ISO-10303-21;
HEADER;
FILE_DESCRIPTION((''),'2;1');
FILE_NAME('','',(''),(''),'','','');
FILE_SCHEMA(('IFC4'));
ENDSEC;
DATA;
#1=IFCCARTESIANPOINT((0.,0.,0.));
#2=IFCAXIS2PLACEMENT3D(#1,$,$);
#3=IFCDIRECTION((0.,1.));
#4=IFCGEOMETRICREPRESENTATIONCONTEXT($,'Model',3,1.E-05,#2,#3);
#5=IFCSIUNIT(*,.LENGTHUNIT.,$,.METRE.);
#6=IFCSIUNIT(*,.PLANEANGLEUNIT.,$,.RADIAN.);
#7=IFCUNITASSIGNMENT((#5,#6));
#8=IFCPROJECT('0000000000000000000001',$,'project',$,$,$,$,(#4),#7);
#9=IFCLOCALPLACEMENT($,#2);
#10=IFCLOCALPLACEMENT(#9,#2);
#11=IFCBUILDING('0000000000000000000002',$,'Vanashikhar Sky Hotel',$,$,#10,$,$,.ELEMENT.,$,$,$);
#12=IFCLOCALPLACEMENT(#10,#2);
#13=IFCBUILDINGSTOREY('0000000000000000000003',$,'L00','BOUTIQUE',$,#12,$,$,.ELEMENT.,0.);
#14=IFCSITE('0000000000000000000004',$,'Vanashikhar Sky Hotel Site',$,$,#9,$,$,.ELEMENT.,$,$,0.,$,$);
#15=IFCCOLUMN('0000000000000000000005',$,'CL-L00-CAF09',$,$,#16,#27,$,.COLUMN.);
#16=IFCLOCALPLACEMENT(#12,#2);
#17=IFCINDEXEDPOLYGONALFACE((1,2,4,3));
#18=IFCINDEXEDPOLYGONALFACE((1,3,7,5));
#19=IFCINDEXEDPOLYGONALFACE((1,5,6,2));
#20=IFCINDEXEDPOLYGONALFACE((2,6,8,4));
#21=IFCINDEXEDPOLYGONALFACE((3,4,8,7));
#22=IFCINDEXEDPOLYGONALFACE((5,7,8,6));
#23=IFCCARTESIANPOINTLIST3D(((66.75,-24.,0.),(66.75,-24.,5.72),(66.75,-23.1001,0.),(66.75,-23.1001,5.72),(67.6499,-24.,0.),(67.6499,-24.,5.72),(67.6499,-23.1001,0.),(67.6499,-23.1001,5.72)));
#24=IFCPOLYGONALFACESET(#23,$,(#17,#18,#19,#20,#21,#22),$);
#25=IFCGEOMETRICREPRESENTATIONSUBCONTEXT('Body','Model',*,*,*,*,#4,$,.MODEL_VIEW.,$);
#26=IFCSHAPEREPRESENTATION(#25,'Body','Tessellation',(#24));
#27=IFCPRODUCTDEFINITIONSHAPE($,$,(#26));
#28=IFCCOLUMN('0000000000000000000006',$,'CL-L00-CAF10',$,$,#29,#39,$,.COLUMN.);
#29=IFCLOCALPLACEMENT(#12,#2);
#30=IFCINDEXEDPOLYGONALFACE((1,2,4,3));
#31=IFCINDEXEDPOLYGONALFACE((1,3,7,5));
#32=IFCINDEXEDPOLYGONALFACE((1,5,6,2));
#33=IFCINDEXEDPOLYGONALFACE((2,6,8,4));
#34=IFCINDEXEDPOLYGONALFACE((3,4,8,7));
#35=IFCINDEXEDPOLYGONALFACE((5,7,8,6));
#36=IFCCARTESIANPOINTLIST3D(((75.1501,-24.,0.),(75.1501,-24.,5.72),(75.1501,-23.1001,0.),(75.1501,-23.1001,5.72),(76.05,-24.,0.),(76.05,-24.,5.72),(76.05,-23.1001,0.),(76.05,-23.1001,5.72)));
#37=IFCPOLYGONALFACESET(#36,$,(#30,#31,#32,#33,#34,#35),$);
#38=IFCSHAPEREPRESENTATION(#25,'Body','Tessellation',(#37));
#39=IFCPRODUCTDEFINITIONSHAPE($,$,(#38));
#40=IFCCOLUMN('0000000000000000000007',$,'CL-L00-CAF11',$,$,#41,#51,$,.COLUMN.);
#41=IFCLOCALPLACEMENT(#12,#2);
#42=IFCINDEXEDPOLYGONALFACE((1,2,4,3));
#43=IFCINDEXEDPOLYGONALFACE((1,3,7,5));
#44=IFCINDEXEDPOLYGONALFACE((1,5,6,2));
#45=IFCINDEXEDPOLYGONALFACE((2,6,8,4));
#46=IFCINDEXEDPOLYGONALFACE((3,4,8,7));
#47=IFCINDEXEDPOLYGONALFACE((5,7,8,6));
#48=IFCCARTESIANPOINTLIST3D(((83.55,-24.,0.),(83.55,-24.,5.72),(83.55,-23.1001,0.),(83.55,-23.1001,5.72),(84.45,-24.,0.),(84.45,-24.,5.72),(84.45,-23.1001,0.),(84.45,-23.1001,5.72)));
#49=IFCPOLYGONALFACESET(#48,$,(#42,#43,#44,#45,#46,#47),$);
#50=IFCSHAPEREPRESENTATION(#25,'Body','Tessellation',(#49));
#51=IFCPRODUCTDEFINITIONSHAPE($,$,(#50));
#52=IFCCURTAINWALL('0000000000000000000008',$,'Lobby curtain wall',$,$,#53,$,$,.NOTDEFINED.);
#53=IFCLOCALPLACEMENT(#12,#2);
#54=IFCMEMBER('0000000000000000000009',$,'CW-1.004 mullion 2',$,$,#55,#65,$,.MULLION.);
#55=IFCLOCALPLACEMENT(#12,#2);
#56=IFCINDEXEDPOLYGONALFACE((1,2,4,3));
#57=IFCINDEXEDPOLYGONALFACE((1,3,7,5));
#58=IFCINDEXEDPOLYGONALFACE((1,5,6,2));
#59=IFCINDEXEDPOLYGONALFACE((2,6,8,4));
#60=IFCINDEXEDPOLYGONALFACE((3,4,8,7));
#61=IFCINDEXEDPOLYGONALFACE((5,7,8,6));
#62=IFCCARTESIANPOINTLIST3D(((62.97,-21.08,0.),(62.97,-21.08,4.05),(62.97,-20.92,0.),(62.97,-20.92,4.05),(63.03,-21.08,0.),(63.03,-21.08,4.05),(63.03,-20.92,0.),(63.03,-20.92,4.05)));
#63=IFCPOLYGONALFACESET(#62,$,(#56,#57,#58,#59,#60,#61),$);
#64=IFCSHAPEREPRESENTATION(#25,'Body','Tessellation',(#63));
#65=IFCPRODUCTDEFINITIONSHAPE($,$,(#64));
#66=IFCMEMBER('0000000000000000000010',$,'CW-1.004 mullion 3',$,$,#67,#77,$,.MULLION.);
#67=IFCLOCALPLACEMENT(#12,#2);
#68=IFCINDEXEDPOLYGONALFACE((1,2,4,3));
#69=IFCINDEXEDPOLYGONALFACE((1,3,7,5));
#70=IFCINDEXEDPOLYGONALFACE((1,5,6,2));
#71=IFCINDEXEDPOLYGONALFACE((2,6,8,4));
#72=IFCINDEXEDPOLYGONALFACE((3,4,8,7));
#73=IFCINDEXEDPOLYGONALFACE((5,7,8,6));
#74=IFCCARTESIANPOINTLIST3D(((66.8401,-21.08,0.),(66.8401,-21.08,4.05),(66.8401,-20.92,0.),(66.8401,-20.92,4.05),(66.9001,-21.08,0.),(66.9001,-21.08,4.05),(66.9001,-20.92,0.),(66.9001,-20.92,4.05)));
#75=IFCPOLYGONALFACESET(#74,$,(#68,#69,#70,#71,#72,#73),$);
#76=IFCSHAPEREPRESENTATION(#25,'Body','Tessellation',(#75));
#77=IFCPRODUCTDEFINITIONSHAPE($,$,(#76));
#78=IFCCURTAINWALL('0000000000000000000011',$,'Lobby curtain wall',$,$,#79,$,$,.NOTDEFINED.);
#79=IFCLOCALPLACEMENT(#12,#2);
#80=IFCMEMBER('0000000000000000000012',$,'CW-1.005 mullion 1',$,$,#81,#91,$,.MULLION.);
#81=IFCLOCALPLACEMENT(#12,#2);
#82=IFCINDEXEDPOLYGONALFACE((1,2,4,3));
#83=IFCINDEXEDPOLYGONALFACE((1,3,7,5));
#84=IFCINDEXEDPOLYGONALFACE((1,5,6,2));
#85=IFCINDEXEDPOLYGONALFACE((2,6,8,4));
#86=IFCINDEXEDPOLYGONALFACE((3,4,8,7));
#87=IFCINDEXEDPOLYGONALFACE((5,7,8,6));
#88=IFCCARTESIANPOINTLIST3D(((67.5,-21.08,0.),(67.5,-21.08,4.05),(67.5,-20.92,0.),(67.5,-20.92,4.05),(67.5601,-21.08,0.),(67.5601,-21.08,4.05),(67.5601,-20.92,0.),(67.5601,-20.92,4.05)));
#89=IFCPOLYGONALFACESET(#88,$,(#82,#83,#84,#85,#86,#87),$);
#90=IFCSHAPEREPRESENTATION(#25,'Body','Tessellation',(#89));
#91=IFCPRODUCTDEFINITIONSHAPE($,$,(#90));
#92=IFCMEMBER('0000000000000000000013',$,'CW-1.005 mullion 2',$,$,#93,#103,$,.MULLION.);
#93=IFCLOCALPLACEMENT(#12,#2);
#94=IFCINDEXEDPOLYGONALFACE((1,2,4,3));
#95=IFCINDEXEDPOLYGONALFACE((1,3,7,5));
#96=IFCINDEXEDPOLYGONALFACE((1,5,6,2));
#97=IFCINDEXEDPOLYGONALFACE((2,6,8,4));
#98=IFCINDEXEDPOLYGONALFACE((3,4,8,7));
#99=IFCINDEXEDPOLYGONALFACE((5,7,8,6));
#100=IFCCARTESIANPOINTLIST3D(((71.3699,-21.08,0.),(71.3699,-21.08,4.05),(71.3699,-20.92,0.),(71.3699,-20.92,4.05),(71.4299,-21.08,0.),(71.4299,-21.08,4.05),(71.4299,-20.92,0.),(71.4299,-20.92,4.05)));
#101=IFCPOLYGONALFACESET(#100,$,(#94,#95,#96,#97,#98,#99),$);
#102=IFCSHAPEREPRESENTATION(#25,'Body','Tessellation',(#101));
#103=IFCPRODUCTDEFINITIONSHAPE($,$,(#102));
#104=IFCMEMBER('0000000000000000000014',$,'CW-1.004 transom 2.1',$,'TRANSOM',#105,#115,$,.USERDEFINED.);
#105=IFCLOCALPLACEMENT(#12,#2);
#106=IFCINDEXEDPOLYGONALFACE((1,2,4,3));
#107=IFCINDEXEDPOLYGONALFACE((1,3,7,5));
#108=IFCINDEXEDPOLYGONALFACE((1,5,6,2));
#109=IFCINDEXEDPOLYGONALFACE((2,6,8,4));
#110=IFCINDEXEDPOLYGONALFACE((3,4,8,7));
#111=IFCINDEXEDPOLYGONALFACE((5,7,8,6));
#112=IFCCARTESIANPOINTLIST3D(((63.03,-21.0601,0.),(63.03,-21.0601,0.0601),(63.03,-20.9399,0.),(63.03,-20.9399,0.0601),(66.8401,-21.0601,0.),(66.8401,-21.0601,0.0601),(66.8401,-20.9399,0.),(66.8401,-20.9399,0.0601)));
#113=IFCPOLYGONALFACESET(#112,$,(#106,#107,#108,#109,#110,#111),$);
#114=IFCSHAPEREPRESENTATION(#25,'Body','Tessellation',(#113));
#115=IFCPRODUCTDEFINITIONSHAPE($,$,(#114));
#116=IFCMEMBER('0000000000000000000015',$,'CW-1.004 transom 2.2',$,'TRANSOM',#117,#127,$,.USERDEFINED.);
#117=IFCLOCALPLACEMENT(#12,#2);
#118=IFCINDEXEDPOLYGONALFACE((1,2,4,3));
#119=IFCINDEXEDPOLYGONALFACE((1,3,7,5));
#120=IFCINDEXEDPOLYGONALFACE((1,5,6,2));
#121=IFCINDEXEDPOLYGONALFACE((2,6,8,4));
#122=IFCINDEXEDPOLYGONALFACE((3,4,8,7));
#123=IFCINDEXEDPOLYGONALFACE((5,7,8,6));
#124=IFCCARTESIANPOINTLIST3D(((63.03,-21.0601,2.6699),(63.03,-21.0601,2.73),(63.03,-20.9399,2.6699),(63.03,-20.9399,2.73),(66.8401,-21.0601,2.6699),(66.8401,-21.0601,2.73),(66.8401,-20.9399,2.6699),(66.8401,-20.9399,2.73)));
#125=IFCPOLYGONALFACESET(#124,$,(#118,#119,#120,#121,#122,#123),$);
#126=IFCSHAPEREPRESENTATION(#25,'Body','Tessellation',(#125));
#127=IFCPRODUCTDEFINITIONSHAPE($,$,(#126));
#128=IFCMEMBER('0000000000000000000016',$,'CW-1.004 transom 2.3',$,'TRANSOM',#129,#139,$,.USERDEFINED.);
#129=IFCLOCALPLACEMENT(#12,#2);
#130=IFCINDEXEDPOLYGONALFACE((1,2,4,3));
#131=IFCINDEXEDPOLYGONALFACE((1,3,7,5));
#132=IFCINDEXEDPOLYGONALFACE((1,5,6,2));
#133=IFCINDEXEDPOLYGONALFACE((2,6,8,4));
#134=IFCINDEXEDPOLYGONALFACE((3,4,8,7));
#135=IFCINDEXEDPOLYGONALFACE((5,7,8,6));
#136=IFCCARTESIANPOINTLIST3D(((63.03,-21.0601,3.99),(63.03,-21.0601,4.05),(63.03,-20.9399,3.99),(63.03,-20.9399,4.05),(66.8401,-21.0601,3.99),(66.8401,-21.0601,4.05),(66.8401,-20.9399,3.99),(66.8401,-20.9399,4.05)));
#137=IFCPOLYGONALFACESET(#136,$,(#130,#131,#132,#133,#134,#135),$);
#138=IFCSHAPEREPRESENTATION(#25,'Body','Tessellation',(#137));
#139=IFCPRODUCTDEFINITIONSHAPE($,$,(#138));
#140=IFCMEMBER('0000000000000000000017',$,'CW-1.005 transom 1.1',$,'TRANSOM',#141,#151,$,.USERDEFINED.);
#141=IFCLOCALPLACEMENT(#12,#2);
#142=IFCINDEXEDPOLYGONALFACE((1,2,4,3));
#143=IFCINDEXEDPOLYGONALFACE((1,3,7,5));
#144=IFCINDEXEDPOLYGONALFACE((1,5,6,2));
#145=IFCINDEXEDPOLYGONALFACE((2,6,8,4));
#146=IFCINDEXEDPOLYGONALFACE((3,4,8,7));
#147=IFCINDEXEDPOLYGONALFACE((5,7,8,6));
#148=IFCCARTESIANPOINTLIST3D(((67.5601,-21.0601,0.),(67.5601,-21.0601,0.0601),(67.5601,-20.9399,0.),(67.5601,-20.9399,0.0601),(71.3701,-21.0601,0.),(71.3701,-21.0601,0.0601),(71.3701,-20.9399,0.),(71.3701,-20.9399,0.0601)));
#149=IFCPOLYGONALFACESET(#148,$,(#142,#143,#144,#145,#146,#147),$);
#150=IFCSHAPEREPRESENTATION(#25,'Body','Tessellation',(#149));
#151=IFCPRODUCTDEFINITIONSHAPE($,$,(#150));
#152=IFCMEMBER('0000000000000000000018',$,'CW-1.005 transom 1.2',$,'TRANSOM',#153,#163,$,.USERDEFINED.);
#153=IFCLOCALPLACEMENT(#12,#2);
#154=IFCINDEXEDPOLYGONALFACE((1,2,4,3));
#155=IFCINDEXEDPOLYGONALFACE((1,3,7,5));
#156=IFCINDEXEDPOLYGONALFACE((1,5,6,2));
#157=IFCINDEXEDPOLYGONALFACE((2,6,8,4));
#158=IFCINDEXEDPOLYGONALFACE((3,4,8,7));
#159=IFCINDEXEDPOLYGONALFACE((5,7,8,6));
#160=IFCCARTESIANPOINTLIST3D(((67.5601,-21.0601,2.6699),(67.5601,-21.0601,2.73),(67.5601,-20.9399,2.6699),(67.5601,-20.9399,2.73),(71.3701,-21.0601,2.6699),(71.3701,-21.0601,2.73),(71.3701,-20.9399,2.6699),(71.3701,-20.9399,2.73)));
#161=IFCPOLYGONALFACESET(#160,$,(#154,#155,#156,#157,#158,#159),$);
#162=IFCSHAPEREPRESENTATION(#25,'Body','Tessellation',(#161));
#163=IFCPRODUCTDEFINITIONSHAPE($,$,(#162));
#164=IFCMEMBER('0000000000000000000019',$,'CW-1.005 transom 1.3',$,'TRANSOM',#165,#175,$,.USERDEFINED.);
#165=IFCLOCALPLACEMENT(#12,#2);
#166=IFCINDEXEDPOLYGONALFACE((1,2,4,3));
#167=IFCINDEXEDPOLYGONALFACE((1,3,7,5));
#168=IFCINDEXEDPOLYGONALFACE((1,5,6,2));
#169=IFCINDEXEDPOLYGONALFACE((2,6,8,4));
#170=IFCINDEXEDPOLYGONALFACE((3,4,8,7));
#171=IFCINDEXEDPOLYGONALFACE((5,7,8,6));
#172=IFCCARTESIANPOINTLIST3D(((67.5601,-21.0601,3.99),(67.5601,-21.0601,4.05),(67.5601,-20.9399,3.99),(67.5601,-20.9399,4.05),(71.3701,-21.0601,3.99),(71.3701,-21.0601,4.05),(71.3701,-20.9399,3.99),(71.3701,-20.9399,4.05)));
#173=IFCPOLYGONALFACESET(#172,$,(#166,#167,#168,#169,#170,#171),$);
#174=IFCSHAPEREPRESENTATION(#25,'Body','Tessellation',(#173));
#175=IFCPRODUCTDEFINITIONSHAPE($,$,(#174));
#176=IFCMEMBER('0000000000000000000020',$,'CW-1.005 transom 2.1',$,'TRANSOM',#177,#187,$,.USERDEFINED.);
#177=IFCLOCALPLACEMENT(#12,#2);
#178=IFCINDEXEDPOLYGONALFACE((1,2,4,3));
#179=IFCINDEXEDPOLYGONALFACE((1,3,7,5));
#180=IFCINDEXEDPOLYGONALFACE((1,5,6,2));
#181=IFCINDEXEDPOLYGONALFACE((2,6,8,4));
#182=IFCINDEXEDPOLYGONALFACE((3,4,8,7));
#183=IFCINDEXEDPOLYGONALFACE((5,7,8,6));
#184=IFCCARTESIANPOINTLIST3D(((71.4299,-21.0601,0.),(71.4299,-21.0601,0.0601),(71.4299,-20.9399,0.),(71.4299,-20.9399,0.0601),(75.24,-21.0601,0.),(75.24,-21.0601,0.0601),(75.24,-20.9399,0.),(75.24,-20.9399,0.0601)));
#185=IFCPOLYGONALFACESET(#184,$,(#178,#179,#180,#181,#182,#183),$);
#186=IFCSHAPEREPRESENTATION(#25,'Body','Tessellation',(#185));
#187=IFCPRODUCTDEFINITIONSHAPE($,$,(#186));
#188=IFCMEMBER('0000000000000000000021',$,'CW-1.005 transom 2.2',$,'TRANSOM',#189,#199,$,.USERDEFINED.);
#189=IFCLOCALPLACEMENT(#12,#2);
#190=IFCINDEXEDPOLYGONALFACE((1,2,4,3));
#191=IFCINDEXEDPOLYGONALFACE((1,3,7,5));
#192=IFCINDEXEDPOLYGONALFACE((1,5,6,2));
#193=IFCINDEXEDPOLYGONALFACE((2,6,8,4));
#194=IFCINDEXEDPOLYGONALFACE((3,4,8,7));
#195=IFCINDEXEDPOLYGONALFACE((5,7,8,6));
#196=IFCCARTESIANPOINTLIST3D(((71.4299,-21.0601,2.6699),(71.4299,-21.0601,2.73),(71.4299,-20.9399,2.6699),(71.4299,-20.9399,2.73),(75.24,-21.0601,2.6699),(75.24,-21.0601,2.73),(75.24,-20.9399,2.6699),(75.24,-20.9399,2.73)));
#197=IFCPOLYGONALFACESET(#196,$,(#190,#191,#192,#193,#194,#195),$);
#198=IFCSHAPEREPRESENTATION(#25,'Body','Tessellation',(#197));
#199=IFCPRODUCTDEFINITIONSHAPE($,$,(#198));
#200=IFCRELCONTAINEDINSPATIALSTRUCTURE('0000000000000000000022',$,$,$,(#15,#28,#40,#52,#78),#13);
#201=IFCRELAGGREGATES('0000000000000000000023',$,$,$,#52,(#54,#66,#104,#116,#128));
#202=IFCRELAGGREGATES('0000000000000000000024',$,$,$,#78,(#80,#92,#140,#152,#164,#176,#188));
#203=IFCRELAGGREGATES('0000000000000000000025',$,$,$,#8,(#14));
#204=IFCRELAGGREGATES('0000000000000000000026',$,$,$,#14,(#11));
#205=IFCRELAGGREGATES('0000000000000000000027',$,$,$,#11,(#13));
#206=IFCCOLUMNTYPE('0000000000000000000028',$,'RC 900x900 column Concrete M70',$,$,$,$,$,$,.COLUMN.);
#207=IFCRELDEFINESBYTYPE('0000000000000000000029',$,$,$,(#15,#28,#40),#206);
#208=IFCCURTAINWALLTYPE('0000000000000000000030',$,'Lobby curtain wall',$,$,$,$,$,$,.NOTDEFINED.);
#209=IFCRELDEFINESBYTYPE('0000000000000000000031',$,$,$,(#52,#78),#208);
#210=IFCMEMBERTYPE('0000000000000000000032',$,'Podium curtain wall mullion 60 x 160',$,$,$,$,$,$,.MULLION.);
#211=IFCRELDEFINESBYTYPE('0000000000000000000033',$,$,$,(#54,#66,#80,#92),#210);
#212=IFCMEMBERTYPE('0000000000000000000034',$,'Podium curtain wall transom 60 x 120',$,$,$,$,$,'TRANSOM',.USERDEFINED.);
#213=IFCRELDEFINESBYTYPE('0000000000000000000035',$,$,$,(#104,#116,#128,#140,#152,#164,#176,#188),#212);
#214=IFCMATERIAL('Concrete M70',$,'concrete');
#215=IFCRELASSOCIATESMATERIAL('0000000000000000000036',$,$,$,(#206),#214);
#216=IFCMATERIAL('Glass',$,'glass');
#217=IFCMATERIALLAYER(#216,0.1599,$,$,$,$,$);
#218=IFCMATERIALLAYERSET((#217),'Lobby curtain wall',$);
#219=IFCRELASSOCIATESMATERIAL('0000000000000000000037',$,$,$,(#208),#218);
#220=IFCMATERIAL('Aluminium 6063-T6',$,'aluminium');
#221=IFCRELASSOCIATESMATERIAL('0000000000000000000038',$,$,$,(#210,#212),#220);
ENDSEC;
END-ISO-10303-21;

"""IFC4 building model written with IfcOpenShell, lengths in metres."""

from ifc_helpers import new_model, si_unit, direction, frame, origin, origin_2d, place, context, subcontext, project, spatial, rectangle, extrude, source, transform, mapped, material, layer, layer_set, material_profile, profile_set, type_object, element, aggregate, save


model = new_model("IFC4")

# Units and contexts
model_context = context("Model", 3, precision=1e-05, world=origin(), true_north=direction((0.0, 1.0)))
body_context = subcontext(model_context, "Body", "Model", "MODEL_VIEW")
ifc_project = project(units=[si_unit("LENGTHUNIT", "METRE"), si_unit("PLANEANGLEUNIT", "RADIAN")], contexts=[model_context])

# Site, building, storey
site_placement = place(None, origin())
site = spatial("IfcSite", under=ifc_project, at=site_placement, Name="Vanashikhar Sky Hotel Site", CompositionType="ELEMENT", RefElevation=0.0)
building_placement = place(site_placement, origin())
building = spatial("IfcBuilding", under=site, at=building_placement, Name="Vanashikhar Sky Hotel", CompositionType="ELEMENT")
storey_placement = place(building_placement, origin())
storey = spatial("IfcBuildingStorey", under=building, at=storey_placement, Name="L00", Description="BOUTIQUE", CompositionType="ELEMENT", Elevation=0.0)

# Columns
ifc_material_1 = material(Name="Concrete M70", Category="concrete")
ifc_material_profile_1 = material_profile(ifc_material_1, rectangle(XDim=0.8999, YDim=0.8999, at=origin_2d()))
ifc_profile_set_1 = profile_set([ifc_material_profile_1], Name="RC 900x900 column Concrete M70")
column_type = type_object("IfcColumnType", Name="RC 900x900 column Concrete M70", PredefinedType="COLUMN", material=ifc_profile_set_1)
shared_shape_1 = source(origin(), body_context, "Body", "SweptSolid", [
    extrude(rectangle(XDim=0.8999, YDim=0.8999, at=origin_2d()), origin(), (0.0, 0.0, 1.0), 5.72),
])
for number, where, z_axis, x_axis, name in (
    (1, (67.2, -23.55, 0.0), (0.0, 0.0, 1.0), (1.0, 0.0, 0.0), "CL-L00-CAF09"),
    (2, (75.6001, -23.55, 0.0), (0.0, 0.0, 1.0), (1.0, 0.0, 0.0), "CL-L00-CAF10"),
    (3, (84.0, -23.55, 0.0), (0.0, 0.0, 1.0), (1.0, 0.0, 0.0), "CL-L00-CAF11"),
):
    element("IfcColumn", number, at=place(storey_placement, frame(where, z_axis=z_axis, x_axis=x_axis)), inside=storey, type_object=column_type, Name=name, PredefinedType="COLUMN", context=body_context, shape_type="MappedRepresentation", body=[
        mapped(shared_shape_1, transform((0.0, 0.0, 0.0), scale=1.0)),
    ])

# Curtain walls, members
ifc_material_2 = material(Name="Glass", Category="glass")
ifc_layer_1 = layer(ifc_material_2, 0.1599)
ifc_layer_set_1 = layer_set([ifc_layer_1], Name="Lobby curtain wall")
curtain_wall_type = type_object("IfcCurtainWallType", Name="Lobby curtain wall", PredefinedType="NOTDEFINED", material=ifc_layer_set_1)
curtain_wall_1_placement = place(storey_placement, origin())
curtain_wall_1 = element("IfcCurtainWall", 4, at=curtain_wall_1_placement, inside=storey, type_object=curtain_wall_type, Name="Lobby curtain wall", PredefinedType="NOTDEFINED")
ifc_material_3 = material(Name="Aluminium 6063-T6", Category="aluminium")
ifc_material_profile_2 = material_profile(ifc_material_3, rectangle(XDim=0.1599, YDim=0.0601, at=origin_2d()))
ifc_profile_set_2 = profile_set([ifc_material_profile_2], Name="Aluminium 6063-T6")
member_type_1 = type_object("IfcMemberType", Name="Podium curtain wall mullion 60 x 160", PredefinedType="MULLION", material=ifc_profile_set_2)
shared_shape_2 = source(origin(), body_context, "Body", "SweptSolid", [
    extrude(rectangle(XDim=0.1599, YDim=0.0601, at=origin_2d()), origin(), (0.0, 0.0, 1.0), 4.05),
])
member_1_placement = place(storey_placement, frame((63.0, -21.0, 0.0), z_axis=(0.0, 0.0, 1.0), x_axis=(0.0, 1.0, 0.0)))
member_1 = element("IfcMember", 5, at=member_1_placement, type_object=member_type_1, Name="CW-1.004 mullion 2", PredefinedType="MULLION", context=body_context, shape_type="MappedRepresentation", body=[
    mapped(shared_shape_2, transform((0.0, 0.0, 0.0), scale=1.0)),
])
member_2_placement = place(storey_placement, frame((66.8701, -21.0, 0.0), z_axis=(0.0, 0.0, 1.0), x_axis=(0.0, 1.0, 0.0)))
member_2 = element("IfcMember", 6, at=member_2_placement, type_object=member_type_1, Name="CW-1.004 mullion 3", PredefinedType="MULLION", context=body_context, shape_type="MappedRepresentation", body=[
    mapped(shared_shape_2, transform((0.0, 0.0, 0.0), scale=1.0)),
])
curtain_wall_2_placement = place(storey_placement, origin())
curtain_wall_2 = element("IfcCurtainWall", 7, at=curtain_wall_2_placement, inside=storey, type_object=curtain_wall_type, Name="Lobby curtain wall", PredefinedType="NOTDEFINED")
member_3_placement = place(storey_placement, frame((67.53, -21.0, 0.0), z_axis=(0.0, 0.0, 1.0), x_axis=(0.0, 1.0, 0.0)))
member_3 = element("IfcMember", 8, at=member_3_placement, type_object=member_type_1, Name="CW-1.005 mullion 1", PredefinedType="MULLION", context=body_context, shape_type="MappedRepresentation", body=[
    mapped(shared_shape_2, transform((0.0, 0.0, 0.0), scale=1.0)),
])
member_4_placement = place(storey_placement, frame((71.3999, -21.0, 0.0), z_axis=(0.0, 0.0, 1.0), x_axis=(0.0, 1.0, 0.0)))
member_4 = element("IfcMember", 9, at=member_4_placement, type_object=member_type_1, Name="CW-1.005 mullion 2", PredefinedType="MULLION", context=body_context, shape_type="MappedRepresentation", body=[
    mapped(shared_shape_2, transform((0.0, 0.0, 0.0), scale=1.0)),
])

# Members
ifc_material_profile_3 = material_profile(ifc_material_3, rectangle(XDim=0.1201, YDim=0.0601, at=origin_2d()))
ifc_profile_set_3 = profile_set([ifc_material_profile_3], Name="Aluminium 6063-T6")
member_type_2 = type_object("IfcMemberType", Name="Podium curtain wall transom 60 x 120", ElementType="TRANSOM", PredefinedType="USERDEFINED", material=ifc_profile_set_3)
shared_shape_3 = source(origin(), body_context, "Body", "SweptSolid", [
    extrude(rectangle(XDim=0.1201, YDim=0.0601, at=origin_2d()), origin(), (0.0, 0.0, 1.0), 3.8101),
])
member_5_placement = place(storey_placement, frame((63.03, -21.0, 0.03), z_axis=(1.0, 0.0, 0.0), x_axis=(0.0, 1.0, 0.0)))
member_5 = element("IfcMember", 10, at=member_5_placement, type_object=member_type_2, Name="CW-1.004 transom 2.1", ObjectType="TRANSOM", PredefinedType="USERDEFINED", context=body_context, shape_type="MappedRepresentation", body=[
    mapped(shared_shape_3, transform((0.0, 0.0, 0.0), scale=1.0)),
])
member_6_placement = place(storey_placement, frame((63.03, -21.0, 2.7), z_axis=(1.0, 0.0, 0.0), x_axis=(0.0, 1.0, 0.0)))
member_6 = element("IfcMember", 11, at=member_6_placement, type_object=member_type_2, Name="CW-1.004 transom 2.2", ObjectType="TRANSOM", PredefinedType="USERDEFINED", context=body_context, shape_type="MappedRepresentation", body=[
    mapped(shared_shape_3, transform((0.0, 0.0, 0.0), scale=1.0)),
])
member_7_placement = place(storey_placement, frame((63.03, -21.0, 4.02), z_axis=(1.0, 0.0, 0.0), x_axis=(0.0, 1.0, 0.0)))
member_7 = element("IfcMember", 12, at=member_7_placement, type_object=member_type_2, Name="CW-1.004 transom 2.3", ObjectType="TRANSOM", PredefinedType="USERDEFINED", context=body_context, shape_type="MappedRepresentation", body=[
    mapped(shared_shape_3, transform((0.0, 0.0, 0.0), scale=1.0)),
])
member_8_placement = place(storey_placement, frame((67.5601, -21.0, 0.03), z_axis=(1.0, 0.0, 0.0), x_axis=(0.0, 1.0, 0.0)))
member_8 = element("IfcMember", 13, at=member_8_placement, type_object=member_type_2, Name="CW-1.005 transom 1.1", ObjectType="TRANSOM", PredefinedType="USERDEFINED", context=body_context, shape_type="MappedRepresentation", body=[
    mapped(shared_shape_3, transform((0.0, 0.0, 0.0), scale=1.0)),
])
member_9_placement = place(storey_placement, frame((67.5601, -21.0, 2.7), z_axis=(1.0, 0.0, 0.0), x_axis=(0.0, 1.0, 0.0)))
member_9 = element("IfcMember", 14, at=member_9_placement, type_object=member_type_2, Name="CW-1.005 transom 1.2", ObjectType="TRANSOM", PredefinedType="USERDEFINED", context=body_context, shape_type="MappedRepresentation", body=[
    mapped(shared_shape_3, transform((0.0, 0.0, 0.0), scale=1.0)),
])
member_10_placement = place(storey_placement, frame((67.5601, -21.0, 4.02), z_axis=(1.0, 0.0, 0.0), x_axis=(0.0, 1.0, 0.0)))
member_10 = element("IfcMember", 15, at=member_10_placement, type_object=member_type_2, Name="CW-1.005 transom 1.3", ObjectType="TRANSOM", PredefinedType="USERDEFINED", context=body_context, shape_type="MappedRepresentation", body=[
    mapped(shared_shape_3, transform((0.0, 0.0, 0.0), scale=1.0)),
])
member_11_placement = place(storey_placement, frame((71.4299, -21.0, 0.03), z_axis=(1.0, 0.0, 0.0), x_axis=(0.0, 1.0, 0.0)))
member_11 = element("IfcMember", 16, at=member_11_placement, type_object=member_type_2, Name="CW-1.005 transom 2.1", ObjectType="TRANSOM", PredefinedType="USERDEFINED", context=body_context, shape_type="MappedRepresentation", body=[
    mapped(shared_shape_3, transform((0.0, 0.0, 0.0), scale=1.0)),
])
member_12_placement = place(storey_placement, frame((71.4299, -21.0, 2.7), z_axis=(1.0, 0.0, 0.0), x_axis=(0.0, 1.0, 0.0)))
member_12 = element("IfcMember", 17, at=member_12_placement, type_object=member_type_2, Name="CW-1.005 transom 2.2", ObjectType="TRANSOM", PredefinedType="USERDEFINED", context=body_context, shape_type="MappedRepresentation", body=[
    mapped(shared_shape_3, transform((0.0, 0.0, 0.0), scale=1.0)),
])

aggregate(curtain_wall_1, [member_1, member_2, member_5, member_6, member_7])
aggregate(curtain_wall_2, [member_3, member_4, member_8, member_9, member_10, member_11, member_12])

save(model, "model.ifc")
